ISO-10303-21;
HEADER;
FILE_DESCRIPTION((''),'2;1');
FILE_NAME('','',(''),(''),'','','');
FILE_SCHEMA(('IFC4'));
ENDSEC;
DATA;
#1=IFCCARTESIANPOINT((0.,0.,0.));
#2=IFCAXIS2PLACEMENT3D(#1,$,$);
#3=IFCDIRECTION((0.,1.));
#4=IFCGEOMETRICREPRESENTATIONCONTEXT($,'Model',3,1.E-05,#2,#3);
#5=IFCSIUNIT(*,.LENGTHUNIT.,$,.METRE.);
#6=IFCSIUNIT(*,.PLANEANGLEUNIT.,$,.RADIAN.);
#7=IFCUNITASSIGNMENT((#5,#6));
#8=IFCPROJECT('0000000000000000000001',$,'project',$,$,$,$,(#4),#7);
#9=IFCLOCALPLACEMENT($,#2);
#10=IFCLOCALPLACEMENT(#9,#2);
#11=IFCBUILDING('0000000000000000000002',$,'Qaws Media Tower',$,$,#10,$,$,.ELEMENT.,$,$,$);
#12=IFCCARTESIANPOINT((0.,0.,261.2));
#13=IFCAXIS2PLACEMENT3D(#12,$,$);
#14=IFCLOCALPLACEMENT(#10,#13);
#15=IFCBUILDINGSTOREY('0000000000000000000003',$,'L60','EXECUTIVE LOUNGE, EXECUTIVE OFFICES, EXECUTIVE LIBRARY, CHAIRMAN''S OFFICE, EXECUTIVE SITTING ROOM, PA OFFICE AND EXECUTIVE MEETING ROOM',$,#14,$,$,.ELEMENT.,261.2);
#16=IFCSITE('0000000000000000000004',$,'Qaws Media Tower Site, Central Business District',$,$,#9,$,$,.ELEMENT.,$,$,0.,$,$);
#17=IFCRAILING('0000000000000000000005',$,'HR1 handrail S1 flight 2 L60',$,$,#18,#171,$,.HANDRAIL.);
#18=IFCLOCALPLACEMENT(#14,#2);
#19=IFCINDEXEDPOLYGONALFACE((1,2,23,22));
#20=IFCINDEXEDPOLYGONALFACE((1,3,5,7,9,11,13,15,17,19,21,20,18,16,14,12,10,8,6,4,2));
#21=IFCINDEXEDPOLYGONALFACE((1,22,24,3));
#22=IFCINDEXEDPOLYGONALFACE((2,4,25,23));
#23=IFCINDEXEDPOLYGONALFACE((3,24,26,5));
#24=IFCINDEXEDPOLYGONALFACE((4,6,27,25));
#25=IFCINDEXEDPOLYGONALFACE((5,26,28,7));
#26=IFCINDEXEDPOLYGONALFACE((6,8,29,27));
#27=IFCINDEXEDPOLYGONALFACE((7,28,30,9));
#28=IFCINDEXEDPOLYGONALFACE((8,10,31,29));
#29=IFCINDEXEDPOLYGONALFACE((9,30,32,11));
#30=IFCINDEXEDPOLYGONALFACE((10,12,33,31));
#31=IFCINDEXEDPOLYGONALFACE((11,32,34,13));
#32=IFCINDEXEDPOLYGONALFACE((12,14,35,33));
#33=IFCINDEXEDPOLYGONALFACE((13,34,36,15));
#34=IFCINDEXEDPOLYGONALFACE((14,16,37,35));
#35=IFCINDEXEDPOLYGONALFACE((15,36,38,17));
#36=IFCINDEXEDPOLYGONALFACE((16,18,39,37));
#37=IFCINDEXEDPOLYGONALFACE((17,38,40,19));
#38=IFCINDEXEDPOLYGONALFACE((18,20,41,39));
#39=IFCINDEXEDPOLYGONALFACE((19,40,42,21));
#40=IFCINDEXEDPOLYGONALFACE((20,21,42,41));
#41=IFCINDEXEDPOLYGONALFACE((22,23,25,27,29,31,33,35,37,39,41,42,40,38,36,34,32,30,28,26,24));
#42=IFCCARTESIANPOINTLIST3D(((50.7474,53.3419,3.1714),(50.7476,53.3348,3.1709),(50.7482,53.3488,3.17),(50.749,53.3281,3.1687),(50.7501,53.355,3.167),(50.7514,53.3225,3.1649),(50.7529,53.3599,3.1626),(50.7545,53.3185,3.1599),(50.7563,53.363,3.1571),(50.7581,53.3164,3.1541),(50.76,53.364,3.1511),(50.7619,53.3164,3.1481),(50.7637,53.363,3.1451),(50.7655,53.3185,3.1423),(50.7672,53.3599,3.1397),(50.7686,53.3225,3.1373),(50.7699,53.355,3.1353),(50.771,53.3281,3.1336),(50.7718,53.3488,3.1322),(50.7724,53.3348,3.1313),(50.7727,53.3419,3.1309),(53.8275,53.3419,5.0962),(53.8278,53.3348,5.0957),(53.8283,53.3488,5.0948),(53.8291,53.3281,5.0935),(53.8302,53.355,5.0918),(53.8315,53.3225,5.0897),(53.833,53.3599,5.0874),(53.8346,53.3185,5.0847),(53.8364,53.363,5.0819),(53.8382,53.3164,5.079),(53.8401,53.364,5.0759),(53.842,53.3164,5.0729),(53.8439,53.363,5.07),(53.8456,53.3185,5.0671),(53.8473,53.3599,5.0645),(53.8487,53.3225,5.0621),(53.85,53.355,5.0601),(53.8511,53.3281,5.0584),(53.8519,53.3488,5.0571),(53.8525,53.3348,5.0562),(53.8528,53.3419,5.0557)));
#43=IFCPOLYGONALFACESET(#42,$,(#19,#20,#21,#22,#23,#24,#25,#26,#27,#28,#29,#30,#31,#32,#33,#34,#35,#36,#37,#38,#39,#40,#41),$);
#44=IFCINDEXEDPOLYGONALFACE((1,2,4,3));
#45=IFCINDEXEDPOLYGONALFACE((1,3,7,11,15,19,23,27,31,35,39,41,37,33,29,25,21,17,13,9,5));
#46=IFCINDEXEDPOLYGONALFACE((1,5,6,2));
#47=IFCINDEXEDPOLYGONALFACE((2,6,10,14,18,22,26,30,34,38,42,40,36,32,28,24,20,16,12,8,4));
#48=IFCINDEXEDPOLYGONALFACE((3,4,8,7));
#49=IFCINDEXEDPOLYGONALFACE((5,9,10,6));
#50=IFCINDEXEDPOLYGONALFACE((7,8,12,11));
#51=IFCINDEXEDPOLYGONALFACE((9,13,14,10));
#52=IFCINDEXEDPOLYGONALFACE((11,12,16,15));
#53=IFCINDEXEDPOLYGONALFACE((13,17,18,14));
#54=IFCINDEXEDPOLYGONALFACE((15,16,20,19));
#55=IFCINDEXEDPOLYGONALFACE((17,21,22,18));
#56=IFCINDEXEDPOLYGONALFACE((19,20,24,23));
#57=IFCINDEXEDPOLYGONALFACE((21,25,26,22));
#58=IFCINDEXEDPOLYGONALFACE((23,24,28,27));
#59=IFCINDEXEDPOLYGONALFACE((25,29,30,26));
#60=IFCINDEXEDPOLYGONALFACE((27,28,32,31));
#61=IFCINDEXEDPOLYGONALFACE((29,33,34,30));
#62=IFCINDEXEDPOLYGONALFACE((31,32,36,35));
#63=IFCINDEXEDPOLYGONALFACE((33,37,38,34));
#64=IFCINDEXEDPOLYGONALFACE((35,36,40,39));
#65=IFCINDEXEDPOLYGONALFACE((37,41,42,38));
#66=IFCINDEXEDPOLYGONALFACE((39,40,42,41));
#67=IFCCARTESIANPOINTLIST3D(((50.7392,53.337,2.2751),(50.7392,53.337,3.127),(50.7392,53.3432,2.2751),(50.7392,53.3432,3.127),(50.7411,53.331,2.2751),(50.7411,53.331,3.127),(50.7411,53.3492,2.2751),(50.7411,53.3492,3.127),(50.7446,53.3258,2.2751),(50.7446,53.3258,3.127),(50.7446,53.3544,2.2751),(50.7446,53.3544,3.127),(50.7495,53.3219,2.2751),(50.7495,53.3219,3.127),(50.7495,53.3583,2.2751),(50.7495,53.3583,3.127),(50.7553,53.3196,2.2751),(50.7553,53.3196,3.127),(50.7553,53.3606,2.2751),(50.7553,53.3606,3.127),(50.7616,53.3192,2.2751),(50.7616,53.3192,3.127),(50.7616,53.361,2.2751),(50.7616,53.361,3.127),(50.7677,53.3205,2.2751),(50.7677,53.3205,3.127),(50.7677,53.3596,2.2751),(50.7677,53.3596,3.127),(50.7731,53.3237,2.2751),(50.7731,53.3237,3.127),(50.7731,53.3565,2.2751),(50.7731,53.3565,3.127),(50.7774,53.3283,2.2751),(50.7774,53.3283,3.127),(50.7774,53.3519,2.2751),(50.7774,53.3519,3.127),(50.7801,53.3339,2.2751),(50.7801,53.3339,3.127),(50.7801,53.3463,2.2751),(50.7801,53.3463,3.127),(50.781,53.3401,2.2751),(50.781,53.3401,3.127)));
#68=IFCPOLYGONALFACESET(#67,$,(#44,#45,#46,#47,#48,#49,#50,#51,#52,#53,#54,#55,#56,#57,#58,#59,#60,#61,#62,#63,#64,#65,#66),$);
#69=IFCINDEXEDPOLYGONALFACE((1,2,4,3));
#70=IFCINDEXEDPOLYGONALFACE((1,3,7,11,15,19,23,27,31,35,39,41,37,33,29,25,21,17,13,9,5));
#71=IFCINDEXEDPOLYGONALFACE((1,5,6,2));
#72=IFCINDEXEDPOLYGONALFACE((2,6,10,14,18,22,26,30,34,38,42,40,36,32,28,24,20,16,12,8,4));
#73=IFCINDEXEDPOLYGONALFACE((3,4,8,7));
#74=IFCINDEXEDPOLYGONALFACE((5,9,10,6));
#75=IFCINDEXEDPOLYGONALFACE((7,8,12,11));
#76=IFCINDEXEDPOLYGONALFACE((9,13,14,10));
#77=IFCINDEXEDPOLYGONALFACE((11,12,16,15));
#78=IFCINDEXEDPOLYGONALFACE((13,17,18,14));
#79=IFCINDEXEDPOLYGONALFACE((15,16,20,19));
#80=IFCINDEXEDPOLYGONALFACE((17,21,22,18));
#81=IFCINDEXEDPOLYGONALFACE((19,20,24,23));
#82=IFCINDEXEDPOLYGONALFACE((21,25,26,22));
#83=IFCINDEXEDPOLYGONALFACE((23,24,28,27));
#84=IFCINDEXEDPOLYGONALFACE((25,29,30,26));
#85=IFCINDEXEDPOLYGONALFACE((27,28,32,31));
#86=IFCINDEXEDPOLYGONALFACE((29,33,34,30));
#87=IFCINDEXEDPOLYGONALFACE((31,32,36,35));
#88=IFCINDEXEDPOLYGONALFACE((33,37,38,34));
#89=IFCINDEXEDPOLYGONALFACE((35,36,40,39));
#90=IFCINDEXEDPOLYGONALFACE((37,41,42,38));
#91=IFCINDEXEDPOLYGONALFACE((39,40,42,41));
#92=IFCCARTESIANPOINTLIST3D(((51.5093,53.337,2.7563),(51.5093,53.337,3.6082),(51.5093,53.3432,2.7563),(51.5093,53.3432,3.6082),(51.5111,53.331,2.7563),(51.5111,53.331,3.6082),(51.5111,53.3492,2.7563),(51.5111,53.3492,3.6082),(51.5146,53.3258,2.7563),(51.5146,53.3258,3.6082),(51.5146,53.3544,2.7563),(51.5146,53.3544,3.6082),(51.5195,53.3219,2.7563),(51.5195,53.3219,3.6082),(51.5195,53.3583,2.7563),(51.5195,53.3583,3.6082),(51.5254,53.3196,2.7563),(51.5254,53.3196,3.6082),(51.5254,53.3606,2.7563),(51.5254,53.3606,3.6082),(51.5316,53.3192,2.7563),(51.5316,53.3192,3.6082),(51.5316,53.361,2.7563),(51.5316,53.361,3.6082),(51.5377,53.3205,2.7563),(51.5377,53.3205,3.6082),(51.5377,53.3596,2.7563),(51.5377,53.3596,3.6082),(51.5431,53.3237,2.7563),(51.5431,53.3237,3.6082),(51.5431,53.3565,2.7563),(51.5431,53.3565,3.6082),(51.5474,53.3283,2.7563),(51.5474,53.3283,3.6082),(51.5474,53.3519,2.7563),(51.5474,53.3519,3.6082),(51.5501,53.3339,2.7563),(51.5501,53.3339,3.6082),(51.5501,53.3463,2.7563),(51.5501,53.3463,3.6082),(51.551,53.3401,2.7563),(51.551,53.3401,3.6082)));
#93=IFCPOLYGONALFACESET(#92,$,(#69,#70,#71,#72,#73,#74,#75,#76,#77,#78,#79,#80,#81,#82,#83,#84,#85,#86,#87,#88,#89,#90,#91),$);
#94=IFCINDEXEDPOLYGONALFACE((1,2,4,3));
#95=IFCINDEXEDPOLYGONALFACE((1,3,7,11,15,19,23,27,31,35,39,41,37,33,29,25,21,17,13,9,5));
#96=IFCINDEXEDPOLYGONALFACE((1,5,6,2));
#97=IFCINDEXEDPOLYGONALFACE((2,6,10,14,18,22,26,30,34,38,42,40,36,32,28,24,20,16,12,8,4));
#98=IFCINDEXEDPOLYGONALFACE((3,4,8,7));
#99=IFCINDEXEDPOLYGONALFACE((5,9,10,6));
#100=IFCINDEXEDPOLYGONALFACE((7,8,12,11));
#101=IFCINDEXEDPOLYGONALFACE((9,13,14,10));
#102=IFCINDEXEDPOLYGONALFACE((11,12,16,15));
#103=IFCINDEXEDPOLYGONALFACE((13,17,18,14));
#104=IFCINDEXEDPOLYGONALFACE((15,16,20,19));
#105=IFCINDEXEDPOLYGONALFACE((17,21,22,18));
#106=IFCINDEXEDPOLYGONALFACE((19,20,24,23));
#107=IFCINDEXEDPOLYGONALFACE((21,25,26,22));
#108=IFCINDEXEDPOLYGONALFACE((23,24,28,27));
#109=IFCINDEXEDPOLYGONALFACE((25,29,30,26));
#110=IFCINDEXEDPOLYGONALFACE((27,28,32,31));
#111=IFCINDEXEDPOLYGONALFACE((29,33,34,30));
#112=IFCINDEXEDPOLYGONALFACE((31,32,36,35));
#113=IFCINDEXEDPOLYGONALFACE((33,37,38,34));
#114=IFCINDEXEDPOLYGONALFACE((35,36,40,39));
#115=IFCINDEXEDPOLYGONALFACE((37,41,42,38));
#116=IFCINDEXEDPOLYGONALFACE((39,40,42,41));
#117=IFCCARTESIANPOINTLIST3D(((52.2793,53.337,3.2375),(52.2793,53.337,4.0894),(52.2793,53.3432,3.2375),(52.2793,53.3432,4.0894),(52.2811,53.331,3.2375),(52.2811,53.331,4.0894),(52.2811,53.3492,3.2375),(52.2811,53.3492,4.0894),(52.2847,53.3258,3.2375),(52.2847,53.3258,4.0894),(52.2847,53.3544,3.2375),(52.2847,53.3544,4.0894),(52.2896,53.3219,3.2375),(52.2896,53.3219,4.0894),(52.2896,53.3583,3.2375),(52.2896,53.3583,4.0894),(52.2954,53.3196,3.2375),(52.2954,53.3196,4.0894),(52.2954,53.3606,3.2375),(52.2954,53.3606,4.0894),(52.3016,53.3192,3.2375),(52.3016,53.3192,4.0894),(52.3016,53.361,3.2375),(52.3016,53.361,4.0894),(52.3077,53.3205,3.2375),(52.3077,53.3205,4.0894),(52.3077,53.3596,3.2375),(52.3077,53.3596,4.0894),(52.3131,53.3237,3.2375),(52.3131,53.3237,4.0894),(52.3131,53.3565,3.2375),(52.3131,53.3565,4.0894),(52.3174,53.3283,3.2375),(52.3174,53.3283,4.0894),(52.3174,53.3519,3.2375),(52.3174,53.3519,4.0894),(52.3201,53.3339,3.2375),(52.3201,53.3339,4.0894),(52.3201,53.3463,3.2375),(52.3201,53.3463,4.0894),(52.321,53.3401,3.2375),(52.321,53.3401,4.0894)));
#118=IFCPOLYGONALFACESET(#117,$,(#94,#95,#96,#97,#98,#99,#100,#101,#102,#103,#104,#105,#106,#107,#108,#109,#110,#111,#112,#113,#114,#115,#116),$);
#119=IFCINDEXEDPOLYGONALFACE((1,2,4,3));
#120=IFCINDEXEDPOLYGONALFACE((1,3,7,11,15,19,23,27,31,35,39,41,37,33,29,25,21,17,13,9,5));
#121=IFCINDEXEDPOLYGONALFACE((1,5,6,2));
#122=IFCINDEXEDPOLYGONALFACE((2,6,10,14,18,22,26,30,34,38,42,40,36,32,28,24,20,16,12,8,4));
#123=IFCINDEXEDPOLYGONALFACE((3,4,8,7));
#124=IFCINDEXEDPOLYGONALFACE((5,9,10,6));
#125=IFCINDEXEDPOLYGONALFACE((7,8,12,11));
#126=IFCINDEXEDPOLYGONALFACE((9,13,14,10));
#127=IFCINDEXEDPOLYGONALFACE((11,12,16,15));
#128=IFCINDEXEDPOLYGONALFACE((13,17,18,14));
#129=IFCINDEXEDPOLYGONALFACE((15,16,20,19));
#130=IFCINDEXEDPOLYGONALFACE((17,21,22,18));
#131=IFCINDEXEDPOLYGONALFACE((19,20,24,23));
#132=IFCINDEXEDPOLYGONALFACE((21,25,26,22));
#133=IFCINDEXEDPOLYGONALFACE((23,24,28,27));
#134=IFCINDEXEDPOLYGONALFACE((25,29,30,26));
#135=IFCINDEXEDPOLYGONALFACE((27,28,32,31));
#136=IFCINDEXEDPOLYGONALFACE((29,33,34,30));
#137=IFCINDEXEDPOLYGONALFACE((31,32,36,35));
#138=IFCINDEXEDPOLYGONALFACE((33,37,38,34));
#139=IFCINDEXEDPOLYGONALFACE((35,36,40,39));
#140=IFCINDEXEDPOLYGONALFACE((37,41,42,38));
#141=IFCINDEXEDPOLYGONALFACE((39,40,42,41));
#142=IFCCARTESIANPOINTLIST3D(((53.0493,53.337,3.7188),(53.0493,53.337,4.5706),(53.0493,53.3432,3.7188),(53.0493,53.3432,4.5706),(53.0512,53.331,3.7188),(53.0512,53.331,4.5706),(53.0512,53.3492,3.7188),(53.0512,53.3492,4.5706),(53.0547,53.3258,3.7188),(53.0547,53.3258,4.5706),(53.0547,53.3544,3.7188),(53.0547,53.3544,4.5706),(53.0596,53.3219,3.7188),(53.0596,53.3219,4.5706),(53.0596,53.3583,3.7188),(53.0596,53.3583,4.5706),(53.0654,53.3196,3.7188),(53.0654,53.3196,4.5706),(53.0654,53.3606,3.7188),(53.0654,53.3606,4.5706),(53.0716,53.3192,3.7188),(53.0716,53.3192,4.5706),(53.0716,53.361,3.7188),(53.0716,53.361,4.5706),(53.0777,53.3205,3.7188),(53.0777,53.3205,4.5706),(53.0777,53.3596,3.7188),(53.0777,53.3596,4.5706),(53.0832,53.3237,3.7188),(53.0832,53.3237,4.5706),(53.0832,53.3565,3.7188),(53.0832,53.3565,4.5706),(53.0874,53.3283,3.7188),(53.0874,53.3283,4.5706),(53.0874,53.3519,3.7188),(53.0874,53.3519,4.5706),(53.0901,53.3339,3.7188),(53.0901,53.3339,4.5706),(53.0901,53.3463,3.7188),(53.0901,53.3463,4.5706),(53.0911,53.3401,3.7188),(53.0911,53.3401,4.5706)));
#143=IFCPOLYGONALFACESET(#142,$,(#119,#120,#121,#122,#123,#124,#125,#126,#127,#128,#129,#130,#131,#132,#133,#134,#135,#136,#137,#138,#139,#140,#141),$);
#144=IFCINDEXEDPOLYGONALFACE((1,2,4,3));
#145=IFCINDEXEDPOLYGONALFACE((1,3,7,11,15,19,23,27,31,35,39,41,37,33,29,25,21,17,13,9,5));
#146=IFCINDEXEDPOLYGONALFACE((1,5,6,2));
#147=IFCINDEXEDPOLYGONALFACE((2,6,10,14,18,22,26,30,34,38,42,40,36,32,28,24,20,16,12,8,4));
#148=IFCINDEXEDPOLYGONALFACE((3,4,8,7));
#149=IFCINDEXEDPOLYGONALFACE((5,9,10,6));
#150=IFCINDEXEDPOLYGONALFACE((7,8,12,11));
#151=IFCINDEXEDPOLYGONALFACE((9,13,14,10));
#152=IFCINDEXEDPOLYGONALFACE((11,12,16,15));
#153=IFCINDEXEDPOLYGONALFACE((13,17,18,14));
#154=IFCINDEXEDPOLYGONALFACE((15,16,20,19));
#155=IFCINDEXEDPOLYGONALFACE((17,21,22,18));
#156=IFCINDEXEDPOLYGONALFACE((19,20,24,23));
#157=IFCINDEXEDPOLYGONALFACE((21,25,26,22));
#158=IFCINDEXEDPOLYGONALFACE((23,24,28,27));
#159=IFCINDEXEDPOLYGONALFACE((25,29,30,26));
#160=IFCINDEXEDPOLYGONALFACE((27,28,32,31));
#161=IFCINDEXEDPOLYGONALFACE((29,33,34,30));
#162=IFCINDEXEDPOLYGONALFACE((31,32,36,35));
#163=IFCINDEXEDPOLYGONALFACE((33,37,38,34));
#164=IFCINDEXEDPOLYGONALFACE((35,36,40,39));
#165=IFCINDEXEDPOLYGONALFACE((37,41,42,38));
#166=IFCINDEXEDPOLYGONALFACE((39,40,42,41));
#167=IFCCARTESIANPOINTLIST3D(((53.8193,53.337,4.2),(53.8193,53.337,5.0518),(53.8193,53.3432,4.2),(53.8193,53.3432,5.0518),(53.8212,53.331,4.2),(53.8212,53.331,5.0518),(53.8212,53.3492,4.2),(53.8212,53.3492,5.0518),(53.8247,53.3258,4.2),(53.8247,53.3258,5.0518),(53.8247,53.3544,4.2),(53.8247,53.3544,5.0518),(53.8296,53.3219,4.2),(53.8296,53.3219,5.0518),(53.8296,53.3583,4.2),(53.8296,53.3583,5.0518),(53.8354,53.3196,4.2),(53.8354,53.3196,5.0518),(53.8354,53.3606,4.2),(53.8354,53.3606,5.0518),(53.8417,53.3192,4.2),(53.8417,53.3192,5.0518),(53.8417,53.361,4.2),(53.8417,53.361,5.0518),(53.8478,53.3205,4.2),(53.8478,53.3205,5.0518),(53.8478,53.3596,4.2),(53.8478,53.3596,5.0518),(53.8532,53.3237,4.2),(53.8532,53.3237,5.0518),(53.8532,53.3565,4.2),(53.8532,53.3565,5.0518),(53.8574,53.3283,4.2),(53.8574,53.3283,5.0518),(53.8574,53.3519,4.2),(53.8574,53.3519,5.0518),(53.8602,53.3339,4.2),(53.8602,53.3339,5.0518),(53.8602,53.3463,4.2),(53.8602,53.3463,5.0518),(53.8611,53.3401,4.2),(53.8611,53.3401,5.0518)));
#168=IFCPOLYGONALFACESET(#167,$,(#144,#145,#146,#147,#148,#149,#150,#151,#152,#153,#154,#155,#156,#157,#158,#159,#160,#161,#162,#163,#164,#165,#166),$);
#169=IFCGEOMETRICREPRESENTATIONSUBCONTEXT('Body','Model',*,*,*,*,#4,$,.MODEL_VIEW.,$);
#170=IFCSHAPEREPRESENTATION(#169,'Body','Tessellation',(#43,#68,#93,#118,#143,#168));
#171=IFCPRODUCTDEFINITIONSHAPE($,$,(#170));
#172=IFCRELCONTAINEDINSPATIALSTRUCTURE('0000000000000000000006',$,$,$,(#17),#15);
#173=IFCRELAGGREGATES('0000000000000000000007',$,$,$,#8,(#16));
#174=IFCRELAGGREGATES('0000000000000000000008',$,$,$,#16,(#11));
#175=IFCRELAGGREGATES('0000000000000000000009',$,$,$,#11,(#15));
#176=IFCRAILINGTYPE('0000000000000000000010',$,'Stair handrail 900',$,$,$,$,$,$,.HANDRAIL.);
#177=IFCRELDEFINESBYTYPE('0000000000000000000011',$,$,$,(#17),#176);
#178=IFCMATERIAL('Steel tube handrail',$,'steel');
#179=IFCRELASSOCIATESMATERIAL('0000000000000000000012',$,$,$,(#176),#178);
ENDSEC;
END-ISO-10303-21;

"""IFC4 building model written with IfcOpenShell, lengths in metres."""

from ifc_helpers import new_model, si_unit, direction, frame, origin, origin_2d, place, context, subcontext, project, spatial, circle, extrude, material, type_object, element, save


model = new_model("IFC4")

# Units and contexts
model_context = context("Model", 3, precision=1e-05, world=origin(), true_north=direction((0.0, 1.0)))
body_context = subcontext(model_context, "Body", "Model", "MODEL_VIEW")
ifc_project = project(units=[si_unit("LENGTHUNIT", "METRE"), si_unit("PLANEANGLEUNIT", "RADIAN")], contexts=[model_context])

# Site, building, storey
site_placement = place(None, origin())
site = spatial("IfcSite", under=ifc_project, at=site_placement, Name="Qaws Media Tower Site, Central Business District", CompositionType="ELEMENT", RefElevation=0.0)
building_placement = place(site_placement, origin())
building = spatial("IfcBuilding", under=site, at=building_placement, Name="Qaws Media Tower", CompositionType="ELEMENT")
storey_placement = place(building_placement, frame((0.0, 0.0, 261.2)))
storey = spatial("IfcBuildingStorey", under=building, at=storey_placement, Name="L60", Description="EXECUTIVE LOUNGE, EXECUTIVE OFFICES, EXECUTIVE LIBRARY, CHAIRMAN'S OFFICE, EXECUTIVE SITTING ROOM, PA OFFICE AND EXECUTIVE MEETING ROOM", CompositionType="ELEMENT", Elevation=261.2)

# Railing
ifc_material_1 = material(Name="Steel tube handrail", Category="steel")
railing_type = type_object("IfcRailingType", Name="Stair handrail 900", PredefinedType="HANDRAIL", material=ifc_material_1)
for number, where, name in (
    (1, (50.76, 53.3401, 2.2751), "HR1 handrail S1 flight 2 L60"),
):
    element("IfcRailing", number, at=place(storey_placement, frame(where)), inside=storey, type_object=railing_type, Name=name, PredefinedType="HANDRAIL", context=body_context, shape_type="SweptSolid", body=[
        extrude(circle(Radius=0.0239, at=origin_2d()), frame((0.0, 0.0, 0.876), z_axis=(0.848029, 0.0, 0.529951), x_axis=(0.0, 1.0, 0.0)), (0.0, 0.0, 1.0), 3.6321),
        extrude(circle(Radius=0.021, at=origin_2d()), origin(), (0.0, 0.0, 1.0), 0.8518),
        extrude(circle(Radius=0.021, at=origin_2d()), frame((0.77, 0.0, 0.4812)), (0.0, 0.0, 1.0), 0.8518),
        extrude(circle(Radius=0.021, at=origin_2d()), frame((1.54, 0.0, 0.9624)), (0.0, 0.0, 1.0), 0.8518),
        extrude(circle(Radius=0.021, at=origin_2d()), frame((2.3101, 0.0, 1.4436)), (0.0, 0.0, 1.0), 0.8518),
        extrude(circle(Radius=0.021, at=origin_2d()), frame((3.0801, 0.0, 1.9248)), (0.0, 0.0, 1.0), 0.8518),
    ])

save(model, "model.ifc")
